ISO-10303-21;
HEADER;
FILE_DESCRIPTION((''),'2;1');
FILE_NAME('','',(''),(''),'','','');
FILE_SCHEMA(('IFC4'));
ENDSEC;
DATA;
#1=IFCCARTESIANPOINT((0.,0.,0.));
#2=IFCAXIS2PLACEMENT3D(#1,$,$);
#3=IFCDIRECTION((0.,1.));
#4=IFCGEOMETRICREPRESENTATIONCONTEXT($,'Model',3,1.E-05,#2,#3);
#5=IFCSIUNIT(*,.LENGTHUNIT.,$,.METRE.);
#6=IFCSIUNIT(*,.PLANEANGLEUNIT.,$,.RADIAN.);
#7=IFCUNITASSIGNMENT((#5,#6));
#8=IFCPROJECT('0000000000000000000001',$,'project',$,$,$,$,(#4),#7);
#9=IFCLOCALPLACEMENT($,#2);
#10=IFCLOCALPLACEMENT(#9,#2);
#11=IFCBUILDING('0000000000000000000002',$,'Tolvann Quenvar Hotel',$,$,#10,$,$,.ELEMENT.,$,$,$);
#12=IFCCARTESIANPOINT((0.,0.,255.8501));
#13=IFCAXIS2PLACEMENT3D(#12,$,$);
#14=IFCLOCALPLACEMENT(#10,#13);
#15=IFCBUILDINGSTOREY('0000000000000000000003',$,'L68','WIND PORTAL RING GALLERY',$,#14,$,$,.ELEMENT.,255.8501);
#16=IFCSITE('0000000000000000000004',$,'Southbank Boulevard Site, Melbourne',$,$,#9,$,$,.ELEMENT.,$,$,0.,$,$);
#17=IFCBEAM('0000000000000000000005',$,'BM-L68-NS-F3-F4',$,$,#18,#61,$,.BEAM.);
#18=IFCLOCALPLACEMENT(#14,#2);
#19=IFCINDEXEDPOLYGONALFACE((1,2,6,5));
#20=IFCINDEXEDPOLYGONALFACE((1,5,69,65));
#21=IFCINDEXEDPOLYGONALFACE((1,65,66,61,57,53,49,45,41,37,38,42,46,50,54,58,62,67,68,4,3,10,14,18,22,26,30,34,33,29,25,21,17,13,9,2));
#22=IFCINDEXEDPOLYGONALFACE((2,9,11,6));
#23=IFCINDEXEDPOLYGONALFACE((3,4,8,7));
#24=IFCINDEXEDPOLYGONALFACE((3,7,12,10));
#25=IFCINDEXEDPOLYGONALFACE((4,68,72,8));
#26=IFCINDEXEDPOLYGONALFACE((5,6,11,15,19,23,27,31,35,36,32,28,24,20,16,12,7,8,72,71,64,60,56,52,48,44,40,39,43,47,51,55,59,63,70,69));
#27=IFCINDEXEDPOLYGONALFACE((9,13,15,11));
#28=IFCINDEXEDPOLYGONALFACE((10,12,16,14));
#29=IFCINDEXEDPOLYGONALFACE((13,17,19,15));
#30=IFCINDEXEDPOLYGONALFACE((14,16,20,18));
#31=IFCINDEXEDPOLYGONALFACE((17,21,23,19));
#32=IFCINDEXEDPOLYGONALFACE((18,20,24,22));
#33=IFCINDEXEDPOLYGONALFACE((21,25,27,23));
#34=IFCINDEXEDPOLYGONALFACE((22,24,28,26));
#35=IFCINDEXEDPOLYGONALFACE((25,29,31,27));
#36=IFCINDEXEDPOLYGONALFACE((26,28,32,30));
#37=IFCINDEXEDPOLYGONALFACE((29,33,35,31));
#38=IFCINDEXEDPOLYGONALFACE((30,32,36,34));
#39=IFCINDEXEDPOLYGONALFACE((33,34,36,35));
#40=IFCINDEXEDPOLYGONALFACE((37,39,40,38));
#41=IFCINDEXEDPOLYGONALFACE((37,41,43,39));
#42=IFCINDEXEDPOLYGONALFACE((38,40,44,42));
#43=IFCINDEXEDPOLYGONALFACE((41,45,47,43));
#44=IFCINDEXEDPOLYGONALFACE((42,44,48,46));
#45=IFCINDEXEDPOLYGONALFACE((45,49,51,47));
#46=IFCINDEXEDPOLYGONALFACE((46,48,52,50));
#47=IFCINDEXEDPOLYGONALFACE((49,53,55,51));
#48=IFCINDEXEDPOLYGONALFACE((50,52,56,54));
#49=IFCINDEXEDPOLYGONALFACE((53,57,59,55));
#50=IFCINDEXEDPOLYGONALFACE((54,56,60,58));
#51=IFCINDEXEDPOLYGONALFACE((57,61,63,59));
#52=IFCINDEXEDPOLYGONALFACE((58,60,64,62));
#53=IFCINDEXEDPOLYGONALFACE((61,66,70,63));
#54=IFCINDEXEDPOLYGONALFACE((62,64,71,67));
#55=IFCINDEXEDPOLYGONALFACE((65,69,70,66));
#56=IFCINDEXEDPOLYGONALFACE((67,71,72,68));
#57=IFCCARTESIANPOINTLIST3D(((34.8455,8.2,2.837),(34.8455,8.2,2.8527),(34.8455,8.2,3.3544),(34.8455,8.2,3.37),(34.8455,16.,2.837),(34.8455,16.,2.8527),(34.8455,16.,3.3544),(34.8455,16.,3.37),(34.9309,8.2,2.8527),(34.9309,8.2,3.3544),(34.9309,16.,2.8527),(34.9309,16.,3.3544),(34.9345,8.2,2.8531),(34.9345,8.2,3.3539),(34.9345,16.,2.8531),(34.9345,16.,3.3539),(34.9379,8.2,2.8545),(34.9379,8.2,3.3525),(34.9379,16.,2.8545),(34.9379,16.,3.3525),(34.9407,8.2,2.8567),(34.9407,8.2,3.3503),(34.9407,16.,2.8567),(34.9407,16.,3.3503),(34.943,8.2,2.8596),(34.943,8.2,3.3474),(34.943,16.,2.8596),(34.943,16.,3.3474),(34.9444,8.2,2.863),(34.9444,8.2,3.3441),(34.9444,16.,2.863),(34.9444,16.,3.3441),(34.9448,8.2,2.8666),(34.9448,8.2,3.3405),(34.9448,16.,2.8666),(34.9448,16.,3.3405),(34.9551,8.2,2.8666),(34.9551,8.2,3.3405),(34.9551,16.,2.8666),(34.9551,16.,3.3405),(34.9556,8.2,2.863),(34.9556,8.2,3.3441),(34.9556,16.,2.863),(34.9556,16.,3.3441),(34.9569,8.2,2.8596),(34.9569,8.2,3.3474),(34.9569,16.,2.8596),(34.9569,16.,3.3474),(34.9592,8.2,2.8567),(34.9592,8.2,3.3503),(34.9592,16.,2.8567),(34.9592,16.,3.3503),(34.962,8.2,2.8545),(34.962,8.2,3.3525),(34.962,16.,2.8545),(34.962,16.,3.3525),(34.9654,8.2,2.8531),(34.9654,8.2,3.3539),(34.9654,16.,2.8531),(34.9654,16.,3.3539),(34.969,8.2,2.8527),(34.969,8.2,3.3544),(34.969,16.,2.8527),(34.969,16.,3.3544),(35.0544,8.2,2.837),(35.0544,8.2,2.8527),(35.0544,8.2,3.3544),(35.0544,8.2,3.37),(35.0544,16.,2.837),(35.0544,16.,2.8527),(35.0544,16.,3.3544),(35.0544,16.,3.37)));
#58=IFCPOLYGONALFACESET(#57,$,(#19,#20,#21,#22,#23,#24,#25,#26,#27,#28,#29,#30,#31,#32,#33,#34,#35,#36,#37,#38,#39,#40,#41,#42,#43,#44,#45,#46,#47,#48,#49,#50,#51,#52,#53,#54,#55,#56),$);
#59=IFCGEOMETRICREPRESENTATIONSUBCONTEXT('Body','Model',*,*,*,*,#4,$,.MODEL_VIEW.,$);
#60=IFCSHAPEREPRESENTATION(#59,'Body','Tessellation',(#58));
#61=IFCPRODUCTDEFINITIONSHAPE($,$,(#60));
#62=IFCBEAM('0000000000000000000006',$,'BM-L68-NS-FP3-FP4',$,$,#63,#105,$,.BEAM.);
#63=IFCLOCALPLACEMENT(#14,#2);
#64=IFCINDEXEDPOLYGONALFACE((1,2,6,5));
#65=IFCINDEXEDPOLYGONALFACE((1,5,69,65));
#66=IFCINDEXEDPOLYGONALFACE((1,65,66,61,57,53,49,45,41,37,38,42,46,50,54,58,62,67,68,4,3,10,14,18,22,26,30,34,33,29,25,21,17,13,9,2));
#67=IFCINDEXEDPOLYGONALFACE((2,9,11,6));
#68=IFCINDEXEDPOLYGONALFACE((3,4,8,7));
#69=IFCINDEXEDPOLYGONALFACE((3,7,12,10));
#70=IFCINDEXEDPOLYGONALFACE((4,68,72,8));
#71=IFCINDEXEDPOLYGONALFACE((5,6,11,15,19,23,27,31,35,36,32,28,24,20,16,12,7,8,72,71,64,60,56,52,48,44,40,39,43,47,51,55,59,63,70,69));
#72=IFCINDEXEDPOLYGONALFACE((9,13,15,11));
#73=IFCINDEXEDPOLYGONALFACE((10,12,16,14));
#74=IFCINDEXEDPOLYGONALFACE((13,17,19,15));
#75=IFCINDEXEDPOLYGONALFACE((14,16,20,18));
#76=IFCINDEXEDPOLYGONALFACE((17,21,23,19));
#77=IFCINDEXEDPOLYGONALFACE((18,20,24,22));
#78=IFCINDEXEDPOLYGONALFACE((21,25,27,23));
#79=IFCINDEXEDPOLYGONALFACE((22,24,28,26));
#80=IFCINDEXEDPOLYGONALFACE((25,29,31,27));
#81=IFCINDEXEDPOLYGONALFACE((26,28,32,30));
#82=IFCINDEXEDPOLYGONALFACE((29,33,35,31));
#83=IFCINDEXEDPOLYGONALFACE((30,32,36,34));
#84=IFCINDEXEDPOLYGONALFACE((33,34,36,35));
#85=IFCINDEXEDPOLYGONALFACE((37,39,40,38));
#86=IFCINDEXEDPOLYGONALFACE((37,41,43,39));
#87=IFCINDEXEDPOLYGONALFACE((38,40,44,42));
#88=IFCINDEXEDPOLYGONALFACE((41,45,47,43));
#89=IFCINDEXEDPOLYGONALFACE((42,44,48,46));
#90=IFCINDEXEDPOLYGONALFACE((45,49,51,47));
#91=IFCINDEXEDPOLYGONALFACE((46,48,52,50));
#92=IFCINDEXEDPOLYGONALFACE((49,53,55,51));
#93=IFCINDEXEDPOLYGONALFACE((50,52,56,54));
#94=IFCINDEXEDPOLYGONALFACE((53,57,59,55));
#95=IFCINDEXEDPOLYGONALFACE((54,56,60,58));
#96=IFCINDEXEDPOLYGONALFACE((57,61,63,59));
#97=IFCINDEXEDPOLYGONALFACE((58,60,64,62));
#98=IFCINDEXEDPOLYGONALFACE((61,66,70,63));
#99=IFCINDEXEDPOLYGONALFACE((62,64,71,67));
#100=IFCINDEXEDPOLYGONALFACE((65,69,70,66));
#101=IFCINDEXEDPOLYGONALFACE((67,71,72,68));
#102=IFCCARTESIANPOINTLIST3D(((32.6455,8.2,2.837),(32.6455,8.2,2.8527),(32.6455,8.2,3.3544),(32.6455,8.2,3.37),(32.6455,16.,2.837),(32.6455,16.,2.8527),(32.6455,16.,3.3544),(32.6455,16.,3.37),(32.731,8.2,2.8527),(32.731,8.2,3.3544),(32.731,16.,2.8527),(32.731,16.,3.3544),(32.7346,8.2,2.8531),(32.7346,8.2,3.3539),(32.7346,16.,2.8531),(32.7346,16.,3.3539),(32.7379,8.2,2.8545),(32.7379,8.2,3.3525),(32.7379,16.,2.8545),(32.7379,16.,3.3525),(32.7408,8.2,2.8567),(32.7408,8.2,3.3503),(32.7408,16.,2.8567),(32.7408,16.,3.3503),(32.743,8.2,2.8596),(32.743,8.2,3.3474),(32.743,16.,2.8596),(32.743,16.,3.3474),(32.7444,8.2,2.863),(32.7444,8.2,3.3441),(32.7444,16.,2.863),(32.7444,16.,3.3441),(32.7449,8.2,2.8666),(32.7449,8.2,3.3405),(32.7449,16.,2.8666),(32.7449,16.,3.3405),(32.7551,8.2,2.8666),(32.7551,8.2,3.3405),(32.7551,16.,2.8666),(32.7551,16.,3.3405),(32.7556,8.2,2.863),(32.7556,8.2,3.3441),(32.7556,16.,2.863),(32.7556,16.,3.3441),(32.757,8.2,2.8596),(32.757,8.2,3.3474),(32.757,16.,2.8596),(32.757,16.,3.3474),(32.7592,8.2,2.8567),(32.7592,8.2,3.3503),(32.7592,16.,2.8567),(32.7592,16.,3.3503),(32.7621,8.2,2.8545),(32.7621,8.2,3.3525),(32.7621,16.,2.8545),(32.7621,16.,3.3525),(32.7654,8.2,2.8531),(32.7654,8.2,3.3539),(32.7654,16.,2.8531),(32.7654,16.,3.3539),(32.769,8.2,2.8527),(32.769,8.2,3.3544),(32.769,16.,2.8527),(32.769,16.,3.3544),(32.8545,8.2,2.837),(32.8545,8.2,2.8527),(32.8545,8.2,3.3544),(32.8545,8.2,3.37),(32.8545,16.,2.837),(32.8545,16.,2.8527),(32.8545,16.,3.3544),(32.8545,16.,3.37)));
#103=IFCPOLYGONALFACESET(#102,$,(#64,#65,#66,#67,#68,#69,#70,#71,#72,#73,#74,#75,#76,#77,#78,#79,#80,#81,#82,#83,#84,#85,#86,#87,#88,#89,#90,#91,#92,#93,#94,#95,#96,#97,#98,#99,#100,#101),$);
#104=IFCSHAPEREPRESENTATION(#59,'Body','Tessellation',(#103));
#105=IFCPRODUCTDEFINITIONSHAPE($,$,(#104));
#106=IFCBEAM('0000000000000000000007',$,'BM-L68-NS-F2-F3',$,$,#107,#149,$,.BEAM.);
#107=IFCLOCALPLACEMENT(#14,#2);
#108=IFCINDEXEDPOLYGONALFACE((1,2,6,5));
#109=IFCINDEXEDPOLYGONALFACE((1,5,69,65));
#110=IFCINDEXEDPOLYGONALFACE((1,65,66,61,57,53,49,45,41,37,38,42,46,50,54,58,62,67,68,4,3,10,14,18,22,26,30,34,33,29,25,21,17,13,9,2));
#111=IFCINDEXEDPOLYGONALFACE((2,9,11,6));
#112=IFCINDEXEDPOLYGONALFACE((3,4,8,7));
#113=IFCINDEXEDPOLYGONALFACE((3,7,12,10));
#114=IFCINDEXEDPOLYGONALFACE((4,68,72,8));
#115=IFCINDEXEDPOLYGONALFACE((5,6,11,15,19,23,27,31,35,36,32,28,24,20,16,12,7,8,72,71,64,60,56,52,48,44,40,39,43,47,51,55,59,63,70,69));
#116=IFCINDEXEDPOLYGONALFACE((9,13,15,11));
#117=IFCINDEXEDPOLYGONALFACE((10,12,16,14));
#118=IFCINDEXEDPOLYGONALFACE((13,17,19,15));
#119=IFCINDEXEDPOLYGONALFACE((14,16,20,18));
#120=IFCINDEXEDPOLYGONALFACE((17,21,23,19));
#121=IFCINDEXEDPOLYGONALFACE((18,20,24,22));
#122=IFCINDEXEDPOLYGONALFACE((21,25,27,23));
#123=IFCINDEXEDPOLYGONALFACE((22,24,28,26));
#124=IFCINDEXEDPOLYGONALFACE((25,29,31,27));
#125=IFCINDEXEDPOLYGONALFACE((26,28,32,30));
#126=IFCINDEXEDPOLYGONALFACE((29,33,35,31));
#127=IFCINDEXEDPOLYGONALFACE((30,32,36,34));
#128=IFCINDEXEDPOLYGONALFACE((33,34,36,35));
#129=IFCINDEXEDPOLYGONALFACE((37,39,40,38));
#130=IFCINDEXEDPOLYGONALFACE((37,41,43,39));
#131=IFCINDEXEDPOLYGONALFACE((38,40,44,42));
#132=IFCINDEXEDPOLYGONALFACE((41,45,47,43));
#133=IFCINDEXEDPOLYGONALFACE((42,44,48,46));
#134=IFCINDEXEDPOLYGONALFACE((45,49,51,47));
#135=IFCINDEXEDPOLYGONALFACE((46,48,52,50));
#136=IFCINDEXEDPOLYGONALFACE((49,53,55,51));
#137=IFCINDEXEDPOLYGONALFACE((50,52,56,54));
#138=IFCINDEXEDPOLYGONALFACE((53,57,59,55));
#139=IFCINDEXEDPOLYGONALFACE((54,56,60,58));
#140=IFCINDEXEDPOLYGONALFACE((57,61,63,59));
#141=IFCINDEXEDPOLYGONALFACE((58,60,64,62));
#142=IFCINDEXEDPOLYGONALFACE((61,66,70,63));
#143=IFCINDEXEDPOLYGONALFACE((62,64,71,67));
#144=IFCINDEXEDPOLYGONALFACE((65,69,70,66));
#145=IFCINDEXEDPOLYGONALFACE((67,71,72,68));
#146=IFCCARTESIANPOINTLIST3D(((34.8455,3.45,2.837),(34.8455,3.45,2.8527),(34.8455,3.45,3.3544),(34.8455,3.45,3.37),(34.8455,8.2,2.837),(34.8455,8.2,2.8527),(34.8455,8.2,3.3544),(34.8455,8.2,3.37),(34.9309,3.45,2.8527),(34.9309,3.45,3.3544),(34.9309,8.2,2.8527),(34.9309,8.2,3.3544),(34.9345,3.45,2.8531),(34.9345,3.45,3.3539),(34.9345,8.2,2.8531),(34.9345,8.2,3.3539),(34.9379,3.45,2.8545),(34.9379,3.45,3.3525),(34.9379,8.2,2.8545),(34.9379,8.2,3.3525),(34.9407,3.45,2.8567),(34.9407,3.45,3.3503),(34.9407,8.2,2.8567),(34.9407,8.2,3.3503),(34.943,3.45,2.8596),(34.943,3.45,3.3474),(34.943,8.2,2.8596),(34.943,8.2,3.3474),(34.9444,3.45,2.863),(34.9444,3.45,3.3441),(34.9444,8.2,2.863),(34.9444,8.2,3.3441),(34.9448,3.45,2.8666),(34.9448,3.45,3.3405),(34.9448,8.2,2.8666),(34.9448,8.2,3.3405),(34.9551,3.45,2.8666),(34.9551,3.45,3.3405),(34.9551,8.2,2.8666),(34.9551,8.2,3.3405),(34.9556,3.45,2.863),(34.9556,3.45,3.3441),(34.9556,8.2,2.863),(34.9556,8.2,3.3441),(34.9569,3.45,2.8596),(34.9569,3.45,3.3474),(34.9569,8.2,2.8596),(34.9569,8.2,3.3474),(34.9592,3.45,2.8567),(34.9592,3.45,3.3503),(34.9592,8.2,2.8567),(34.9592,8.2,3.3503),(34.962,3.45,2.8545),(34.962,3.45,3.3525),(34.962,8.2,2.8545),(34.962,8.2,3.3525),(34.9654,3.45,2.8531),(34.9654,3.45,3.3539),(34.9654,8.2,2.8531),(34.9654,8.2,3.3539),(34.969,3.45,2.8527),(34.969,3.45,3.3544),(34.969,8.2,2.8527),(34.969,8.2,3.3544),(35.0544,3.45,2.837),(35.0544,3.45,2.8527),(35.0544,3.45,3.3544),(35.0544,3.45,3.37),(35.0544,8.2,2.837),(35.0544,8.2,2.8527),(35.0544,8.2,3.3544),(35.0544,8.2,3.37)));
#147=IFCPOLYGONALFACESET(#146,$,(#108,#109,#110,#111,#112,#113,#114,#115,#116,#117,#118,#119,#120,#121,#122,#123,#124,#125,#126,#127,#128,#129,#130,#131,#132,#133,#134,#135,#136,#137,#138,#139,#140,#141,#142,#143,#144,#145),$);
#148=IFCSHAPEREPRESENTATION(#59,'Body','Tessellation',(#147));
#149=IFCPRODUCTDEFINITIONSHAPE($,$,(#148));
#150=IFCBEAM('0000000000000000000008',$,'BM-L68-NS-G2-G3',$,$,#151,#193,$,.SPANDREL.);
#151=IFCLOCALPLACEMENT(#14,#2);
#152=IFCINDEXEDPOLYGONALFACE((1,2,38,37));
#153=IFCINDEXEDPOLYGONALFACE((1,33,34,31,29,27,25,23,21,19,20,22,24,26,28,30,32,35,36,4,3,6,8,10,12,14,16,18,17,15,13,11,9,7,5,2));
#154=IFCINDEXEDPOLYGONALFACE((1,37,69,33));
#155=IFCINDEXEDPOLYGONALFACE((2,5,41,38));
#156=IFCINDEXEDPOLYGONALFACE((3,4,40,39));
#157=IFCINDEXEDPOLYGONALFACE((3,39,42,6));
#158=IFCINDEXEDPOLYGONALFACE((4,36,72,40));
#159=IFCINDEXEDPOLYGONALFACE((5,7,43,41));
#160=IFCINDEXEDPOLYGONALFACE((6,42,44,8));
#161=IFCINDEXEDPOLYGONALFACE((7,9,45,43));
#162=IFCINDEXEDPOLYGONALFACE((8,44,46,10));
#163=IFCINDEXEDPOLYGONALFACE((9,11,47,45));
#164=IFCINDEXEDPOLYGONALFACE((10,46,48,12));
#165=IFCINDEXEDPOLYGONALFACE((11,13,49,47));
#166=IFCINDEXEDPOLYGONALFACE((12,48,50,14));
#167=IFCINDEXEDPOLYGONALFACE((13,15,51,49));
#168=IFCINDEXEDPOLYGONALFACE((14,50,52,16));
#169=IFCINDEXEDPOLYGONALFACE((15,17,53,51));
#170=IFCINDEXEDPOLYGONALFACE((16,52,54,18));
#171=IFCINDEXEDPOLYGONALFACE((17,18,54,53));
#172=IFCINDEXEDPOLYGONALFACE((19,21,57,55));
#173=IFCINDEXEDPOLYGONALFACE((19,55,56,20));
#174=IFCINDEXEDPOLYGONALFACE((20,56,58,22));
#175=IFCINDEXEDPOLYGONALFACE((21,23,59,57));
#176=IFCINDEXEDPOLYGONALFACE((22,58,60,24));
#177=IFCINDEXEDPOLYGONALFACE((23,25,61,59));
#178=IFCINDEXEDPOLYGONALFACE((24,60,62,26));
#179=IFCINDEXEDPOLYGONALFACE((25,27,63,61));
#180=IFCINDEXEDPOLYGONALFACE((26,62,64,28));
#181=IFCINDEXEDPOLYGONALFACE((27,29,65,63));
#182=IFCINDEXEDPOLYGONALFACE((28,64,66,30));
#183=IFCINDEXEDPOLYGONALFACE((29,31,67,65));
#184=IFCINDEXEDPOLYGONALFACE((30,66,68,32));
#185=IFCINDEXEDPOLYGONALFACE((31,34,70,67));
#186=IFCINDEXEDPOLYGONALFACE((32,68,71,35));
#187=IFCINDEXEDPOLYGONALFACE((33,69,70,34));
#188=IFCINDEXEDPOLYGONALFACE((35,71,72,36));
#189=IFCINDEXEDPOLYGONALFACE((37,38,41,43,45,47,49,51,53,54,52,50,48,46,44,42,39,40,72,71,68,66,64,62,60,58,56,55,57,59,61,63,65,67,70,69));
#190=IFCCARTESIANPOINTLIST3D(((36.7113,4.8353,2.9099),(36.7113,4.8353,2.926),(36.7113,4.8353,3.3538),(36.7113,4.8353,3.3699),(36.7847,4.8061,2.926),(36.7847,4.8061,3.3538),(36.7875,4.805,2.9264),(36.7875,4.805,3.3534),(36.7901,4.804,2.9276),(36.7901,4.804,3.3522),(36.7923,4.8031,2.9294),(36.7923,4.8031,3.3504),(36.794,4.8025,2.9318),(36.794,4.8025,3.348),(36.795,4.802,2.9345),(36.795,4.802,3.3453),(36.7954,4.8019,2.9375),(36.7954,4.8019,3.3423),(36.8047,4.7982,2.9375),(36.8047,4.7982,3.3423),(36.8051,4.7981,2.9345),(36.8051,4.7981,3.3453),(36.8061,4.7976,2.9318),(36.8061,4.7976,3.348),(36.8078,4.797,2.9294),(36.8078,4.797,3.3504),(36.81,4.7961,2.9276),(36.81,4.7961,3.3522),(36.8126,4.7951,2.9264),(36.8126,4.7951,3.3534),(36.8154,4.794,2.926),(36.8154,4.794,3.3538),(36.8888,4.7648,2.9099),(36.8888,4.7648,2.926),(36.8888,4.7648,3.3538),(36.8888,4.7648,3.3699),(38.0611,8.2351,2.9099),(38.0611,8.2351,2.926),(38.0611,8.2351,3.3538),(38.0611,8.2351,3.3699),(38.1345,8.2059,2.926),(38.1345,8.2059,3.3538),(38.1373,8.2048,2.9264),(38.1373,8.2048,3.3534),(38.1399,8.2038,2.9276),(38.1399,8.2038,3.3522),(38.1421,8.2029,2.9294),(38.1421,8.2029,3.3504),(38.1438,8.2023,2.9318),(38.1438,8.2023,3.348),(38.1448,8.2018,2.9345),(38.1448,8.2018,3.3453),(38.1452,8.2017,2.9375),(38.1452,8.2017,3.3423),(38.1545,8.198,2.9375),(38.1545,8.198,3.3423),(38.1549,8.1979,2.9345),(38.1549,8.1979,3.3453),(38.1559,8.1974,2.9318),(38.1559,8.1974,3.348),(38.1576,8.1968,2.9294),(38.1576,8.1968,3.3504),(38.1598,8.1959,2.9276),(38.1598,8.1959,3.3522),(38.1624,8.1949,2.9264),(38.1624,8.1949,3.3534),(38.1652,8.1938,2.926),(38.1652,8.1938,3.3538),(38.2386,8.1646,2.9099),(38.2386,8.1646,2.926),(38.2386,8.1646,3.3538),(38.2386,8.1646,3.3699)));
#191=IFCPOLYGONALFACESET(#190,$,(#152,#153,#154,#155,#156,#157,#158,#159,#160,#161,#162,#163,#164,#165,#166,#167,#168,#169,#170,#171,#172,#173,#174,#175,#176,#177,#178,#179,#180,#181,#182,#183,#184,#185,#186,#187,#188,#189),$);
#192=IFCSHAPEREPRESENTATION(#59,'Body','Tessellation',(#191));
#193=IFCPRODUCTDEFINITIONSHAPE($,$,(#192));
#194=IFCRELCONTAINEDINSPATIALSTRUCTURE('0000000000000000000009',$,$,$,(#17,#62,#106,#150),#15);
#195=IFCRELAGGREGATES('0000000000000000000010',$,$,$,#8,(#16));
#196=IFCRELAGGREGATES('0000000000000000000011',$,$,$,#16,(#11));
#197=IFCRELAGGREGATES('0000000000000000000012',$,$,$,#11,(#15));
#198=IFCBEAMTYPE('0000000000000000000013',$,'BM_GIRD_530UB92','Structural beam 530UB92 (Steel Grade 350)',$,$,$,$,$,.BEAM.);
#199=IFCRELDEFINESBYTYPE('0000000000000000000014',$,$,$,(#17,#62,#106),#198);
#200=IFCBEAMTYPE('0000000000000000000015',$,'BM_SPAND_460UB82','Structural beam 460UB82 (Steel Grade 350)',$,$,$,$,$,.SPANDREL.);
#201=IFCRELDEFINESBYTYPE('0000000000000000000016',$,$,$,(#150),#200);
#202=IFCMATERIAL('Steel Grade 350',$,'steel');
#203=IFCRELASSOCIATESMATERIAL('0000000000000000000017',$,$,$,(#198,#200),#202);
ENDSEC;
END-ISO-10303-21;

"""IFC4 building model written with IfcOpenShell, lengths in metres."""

from ifc_helpers import new_model, si_unit, direction, frame, origin, origin_2d, place, context, subcontext, project, spatial, i_section, extrude, source, transform, mapped, material, material_profile, profile_set, type_object, element, save


model = new_model("IFC4")

# Units and contexts
model_context = context("Model", 3, precision=1e-05, world=origin(), true_north=direction((0.0, 1.0)))
body_context = subcontext(model_context, "Body", "Model", "MODEL_VIEW")
ifc_project = project(units=[si_unit("LENGTHUNIT", "METRE"), si_unit("PLANEANGLEUNIT", "RADIAN")], contexts=[model_context])

# Site, building, storey
site_placement = place(None, origin())
site = spatial("IfcSite", under=ifc_project, at=site_placement, Name="Southbank Boulevard Site, Melbourne", CompositionType="ELEMENT", RefElevation=0.0)
building_placement = place(site_placement, origin())
building = spatial("IfcBuilding", under=site, at=building_placement, Name="Tolvann Quenvar Hotel", CompositionType="ELEMENT")
storey_placement = place(building_placement, frame((0.0, 0.0, 255.8501)))
storey = spatial("IfcBuildingStorey", under=building, at=storey_placement, Name="L68", Description="WIND PORTAL RING GALLERY", CompositionType="ELEMENT", Elevation=255.8501)

# Shared definitions
ifc_material_1 = material(Name="Steel Grade 350", Category="steel")

# Beams
ifc_material_profile_1 = material_profile(ifc_material_1, i_section(OverallWidth=0.209, OverallDepth=0.533, WebThickness=0.0103, FlangeThickness=0.0156, FilletRadius=0.0139, at=origin_2d()), Name="530UB92")
ifc_profile_set_1 = profile_set([ifc_material_profile_1], Name="Steel Grade 350")
beam_type_1 = type_object("IfcBeamType", Name="BM_GIRD_530UB92", Description="Structural beam 530UB92 (Steel Grade 350)", PredefinedType="BEAM", material=ifc_profile_set_1)
shared_shape_1 = source(origin(), body_context, "Body", "SweptSolid", [
    extrude(i_section(OverallWidth=0.209, OverallDepth=0.533, WebThickness=0.0103, FlangeThickness=0.0156, FilletRadius=0.0139, at=origin_2d()), origin(), (0.0, 0.0, 1.0), 7.8),
])
for number, where, z_axis, x_axis, name in (
    (1, (34.95, 8.2, 3.1035), (0.0, 1.0, 0.0), (-1.0, 0.0, 0.0), "BM-L68-NS-F3-F4"),
    (2, (32.75, 8.2, 3.1035), (0.0, 1.0, 0.0), (-1.0, 0.0, 0.0), "BM-L68-NS-FP3-FP4"),
):
    element("IfcBeam", number, at=place(storey_placement, frame(where, z_axis=z_axis, x_axis=x_axis)), inside=storey, type_object=beam_type_1, Name=name, PredefinedType="BEAM", context=body_context, shape_type="MappedRepresentation", body=[
        mapped(shared_shape_1, transform((0.0, 0.0, 0.0), x_axis=(1.0, 0.0, 0.0), y_axis=(0.0, 1.0, 0.0), z_axis=(0.0, 0.0, 1.0), scale=1.0)),
    ])
shared_shape_2 = source(origin(), body_context, "Body", "SweptSolid", [
    extrude(i_section(OverallWidth=0.209, OverallDepth=0.533, WebThickness=0.0103, FlangeThickness=0.0156, FilletRadius=0.0139, at=origin_2d()), origin(), (0.0, 0.0, 1.0), 4.75),
])
beam_1_placement = place(storey_placement, frame((34.95, 3.45, 3.1035), z_axis=(0.0, 1.0, 0.0), x_axis=(-1.0, 0.0, 0.0)))
element("IfcBeam", 3, at=beam_1_placement, inside=storey, type_object=beam_type_1, Name="BM-L68-NS-F2-F3", PredefinedType="BEAM", context=body_context, shape_type="MappedRepresentation", body=[
    mapped(shared_shape_2, transform((0.0, 0.0, 0.0), x_axis=(1.0, 0.0, 0.0), y_axis=(0.0, 1.0, 0.0), z_axis=(0.0, 0.0, 1.0), scale=1.0)),
])
ifc_material_profile_2 = material_profile(ifc_material_1, i_section(OverallWidth=0.1909, OverallDepth=0.46, WebThickness=0.01, FlangeThickness=0.0161, FilletRadius=0.0115, at=origin_2d()), Name="460UB82")
ifc_profile_set_2 = profile_set([ifc_material_profile_2], Name="Steel Grade 350")
beam_type_2 = type_object("IfcBeamType", Name="BM_SPAND_460UB82", Description="Structural beam 460UB82 (Steel Grade 350)", PredefinedType="SPANDREL", material=ifc_profile_set_2)
shared_shape_3 = source(origin(), body_context, "Body", "SweptSolid", [
    extrude(i_section(OverallWidth=0.1909, OverallDepth=0.46, WebThickness=0.01, FlangeThickness=0.0161, FilletRadius=0.0115, at=origin_2d()), origin(), (0.0, 0.0, 1.0), 3.658),
])
beam_2_placement = place(storey_placement, frame((36.8, 4.8, 3.1399), z_axis=(0.369008, 0.929426, 0.0), x_axis=(-0.929426, 0.369008, 0.0)))
element("IfcBeam", 4, at=beam_2_placement, inside=storey, type_object=beam_type_2, Name="BM-L68-NS-G2-G3", PredefinedType="SPANDREL", context=body_context, shape_type="MappedRepresentation", body=[
    mapped(shared_shape_3, transform((0.0, 0.0, 0.0), x_axis=(1.0, 0.0, 0.0), y_axis=(0.0, 1.0, 0.0), z_axis=(0.0, 0.0, 1.0), scale=1.0)),
])

save(model, "model.ifc")
